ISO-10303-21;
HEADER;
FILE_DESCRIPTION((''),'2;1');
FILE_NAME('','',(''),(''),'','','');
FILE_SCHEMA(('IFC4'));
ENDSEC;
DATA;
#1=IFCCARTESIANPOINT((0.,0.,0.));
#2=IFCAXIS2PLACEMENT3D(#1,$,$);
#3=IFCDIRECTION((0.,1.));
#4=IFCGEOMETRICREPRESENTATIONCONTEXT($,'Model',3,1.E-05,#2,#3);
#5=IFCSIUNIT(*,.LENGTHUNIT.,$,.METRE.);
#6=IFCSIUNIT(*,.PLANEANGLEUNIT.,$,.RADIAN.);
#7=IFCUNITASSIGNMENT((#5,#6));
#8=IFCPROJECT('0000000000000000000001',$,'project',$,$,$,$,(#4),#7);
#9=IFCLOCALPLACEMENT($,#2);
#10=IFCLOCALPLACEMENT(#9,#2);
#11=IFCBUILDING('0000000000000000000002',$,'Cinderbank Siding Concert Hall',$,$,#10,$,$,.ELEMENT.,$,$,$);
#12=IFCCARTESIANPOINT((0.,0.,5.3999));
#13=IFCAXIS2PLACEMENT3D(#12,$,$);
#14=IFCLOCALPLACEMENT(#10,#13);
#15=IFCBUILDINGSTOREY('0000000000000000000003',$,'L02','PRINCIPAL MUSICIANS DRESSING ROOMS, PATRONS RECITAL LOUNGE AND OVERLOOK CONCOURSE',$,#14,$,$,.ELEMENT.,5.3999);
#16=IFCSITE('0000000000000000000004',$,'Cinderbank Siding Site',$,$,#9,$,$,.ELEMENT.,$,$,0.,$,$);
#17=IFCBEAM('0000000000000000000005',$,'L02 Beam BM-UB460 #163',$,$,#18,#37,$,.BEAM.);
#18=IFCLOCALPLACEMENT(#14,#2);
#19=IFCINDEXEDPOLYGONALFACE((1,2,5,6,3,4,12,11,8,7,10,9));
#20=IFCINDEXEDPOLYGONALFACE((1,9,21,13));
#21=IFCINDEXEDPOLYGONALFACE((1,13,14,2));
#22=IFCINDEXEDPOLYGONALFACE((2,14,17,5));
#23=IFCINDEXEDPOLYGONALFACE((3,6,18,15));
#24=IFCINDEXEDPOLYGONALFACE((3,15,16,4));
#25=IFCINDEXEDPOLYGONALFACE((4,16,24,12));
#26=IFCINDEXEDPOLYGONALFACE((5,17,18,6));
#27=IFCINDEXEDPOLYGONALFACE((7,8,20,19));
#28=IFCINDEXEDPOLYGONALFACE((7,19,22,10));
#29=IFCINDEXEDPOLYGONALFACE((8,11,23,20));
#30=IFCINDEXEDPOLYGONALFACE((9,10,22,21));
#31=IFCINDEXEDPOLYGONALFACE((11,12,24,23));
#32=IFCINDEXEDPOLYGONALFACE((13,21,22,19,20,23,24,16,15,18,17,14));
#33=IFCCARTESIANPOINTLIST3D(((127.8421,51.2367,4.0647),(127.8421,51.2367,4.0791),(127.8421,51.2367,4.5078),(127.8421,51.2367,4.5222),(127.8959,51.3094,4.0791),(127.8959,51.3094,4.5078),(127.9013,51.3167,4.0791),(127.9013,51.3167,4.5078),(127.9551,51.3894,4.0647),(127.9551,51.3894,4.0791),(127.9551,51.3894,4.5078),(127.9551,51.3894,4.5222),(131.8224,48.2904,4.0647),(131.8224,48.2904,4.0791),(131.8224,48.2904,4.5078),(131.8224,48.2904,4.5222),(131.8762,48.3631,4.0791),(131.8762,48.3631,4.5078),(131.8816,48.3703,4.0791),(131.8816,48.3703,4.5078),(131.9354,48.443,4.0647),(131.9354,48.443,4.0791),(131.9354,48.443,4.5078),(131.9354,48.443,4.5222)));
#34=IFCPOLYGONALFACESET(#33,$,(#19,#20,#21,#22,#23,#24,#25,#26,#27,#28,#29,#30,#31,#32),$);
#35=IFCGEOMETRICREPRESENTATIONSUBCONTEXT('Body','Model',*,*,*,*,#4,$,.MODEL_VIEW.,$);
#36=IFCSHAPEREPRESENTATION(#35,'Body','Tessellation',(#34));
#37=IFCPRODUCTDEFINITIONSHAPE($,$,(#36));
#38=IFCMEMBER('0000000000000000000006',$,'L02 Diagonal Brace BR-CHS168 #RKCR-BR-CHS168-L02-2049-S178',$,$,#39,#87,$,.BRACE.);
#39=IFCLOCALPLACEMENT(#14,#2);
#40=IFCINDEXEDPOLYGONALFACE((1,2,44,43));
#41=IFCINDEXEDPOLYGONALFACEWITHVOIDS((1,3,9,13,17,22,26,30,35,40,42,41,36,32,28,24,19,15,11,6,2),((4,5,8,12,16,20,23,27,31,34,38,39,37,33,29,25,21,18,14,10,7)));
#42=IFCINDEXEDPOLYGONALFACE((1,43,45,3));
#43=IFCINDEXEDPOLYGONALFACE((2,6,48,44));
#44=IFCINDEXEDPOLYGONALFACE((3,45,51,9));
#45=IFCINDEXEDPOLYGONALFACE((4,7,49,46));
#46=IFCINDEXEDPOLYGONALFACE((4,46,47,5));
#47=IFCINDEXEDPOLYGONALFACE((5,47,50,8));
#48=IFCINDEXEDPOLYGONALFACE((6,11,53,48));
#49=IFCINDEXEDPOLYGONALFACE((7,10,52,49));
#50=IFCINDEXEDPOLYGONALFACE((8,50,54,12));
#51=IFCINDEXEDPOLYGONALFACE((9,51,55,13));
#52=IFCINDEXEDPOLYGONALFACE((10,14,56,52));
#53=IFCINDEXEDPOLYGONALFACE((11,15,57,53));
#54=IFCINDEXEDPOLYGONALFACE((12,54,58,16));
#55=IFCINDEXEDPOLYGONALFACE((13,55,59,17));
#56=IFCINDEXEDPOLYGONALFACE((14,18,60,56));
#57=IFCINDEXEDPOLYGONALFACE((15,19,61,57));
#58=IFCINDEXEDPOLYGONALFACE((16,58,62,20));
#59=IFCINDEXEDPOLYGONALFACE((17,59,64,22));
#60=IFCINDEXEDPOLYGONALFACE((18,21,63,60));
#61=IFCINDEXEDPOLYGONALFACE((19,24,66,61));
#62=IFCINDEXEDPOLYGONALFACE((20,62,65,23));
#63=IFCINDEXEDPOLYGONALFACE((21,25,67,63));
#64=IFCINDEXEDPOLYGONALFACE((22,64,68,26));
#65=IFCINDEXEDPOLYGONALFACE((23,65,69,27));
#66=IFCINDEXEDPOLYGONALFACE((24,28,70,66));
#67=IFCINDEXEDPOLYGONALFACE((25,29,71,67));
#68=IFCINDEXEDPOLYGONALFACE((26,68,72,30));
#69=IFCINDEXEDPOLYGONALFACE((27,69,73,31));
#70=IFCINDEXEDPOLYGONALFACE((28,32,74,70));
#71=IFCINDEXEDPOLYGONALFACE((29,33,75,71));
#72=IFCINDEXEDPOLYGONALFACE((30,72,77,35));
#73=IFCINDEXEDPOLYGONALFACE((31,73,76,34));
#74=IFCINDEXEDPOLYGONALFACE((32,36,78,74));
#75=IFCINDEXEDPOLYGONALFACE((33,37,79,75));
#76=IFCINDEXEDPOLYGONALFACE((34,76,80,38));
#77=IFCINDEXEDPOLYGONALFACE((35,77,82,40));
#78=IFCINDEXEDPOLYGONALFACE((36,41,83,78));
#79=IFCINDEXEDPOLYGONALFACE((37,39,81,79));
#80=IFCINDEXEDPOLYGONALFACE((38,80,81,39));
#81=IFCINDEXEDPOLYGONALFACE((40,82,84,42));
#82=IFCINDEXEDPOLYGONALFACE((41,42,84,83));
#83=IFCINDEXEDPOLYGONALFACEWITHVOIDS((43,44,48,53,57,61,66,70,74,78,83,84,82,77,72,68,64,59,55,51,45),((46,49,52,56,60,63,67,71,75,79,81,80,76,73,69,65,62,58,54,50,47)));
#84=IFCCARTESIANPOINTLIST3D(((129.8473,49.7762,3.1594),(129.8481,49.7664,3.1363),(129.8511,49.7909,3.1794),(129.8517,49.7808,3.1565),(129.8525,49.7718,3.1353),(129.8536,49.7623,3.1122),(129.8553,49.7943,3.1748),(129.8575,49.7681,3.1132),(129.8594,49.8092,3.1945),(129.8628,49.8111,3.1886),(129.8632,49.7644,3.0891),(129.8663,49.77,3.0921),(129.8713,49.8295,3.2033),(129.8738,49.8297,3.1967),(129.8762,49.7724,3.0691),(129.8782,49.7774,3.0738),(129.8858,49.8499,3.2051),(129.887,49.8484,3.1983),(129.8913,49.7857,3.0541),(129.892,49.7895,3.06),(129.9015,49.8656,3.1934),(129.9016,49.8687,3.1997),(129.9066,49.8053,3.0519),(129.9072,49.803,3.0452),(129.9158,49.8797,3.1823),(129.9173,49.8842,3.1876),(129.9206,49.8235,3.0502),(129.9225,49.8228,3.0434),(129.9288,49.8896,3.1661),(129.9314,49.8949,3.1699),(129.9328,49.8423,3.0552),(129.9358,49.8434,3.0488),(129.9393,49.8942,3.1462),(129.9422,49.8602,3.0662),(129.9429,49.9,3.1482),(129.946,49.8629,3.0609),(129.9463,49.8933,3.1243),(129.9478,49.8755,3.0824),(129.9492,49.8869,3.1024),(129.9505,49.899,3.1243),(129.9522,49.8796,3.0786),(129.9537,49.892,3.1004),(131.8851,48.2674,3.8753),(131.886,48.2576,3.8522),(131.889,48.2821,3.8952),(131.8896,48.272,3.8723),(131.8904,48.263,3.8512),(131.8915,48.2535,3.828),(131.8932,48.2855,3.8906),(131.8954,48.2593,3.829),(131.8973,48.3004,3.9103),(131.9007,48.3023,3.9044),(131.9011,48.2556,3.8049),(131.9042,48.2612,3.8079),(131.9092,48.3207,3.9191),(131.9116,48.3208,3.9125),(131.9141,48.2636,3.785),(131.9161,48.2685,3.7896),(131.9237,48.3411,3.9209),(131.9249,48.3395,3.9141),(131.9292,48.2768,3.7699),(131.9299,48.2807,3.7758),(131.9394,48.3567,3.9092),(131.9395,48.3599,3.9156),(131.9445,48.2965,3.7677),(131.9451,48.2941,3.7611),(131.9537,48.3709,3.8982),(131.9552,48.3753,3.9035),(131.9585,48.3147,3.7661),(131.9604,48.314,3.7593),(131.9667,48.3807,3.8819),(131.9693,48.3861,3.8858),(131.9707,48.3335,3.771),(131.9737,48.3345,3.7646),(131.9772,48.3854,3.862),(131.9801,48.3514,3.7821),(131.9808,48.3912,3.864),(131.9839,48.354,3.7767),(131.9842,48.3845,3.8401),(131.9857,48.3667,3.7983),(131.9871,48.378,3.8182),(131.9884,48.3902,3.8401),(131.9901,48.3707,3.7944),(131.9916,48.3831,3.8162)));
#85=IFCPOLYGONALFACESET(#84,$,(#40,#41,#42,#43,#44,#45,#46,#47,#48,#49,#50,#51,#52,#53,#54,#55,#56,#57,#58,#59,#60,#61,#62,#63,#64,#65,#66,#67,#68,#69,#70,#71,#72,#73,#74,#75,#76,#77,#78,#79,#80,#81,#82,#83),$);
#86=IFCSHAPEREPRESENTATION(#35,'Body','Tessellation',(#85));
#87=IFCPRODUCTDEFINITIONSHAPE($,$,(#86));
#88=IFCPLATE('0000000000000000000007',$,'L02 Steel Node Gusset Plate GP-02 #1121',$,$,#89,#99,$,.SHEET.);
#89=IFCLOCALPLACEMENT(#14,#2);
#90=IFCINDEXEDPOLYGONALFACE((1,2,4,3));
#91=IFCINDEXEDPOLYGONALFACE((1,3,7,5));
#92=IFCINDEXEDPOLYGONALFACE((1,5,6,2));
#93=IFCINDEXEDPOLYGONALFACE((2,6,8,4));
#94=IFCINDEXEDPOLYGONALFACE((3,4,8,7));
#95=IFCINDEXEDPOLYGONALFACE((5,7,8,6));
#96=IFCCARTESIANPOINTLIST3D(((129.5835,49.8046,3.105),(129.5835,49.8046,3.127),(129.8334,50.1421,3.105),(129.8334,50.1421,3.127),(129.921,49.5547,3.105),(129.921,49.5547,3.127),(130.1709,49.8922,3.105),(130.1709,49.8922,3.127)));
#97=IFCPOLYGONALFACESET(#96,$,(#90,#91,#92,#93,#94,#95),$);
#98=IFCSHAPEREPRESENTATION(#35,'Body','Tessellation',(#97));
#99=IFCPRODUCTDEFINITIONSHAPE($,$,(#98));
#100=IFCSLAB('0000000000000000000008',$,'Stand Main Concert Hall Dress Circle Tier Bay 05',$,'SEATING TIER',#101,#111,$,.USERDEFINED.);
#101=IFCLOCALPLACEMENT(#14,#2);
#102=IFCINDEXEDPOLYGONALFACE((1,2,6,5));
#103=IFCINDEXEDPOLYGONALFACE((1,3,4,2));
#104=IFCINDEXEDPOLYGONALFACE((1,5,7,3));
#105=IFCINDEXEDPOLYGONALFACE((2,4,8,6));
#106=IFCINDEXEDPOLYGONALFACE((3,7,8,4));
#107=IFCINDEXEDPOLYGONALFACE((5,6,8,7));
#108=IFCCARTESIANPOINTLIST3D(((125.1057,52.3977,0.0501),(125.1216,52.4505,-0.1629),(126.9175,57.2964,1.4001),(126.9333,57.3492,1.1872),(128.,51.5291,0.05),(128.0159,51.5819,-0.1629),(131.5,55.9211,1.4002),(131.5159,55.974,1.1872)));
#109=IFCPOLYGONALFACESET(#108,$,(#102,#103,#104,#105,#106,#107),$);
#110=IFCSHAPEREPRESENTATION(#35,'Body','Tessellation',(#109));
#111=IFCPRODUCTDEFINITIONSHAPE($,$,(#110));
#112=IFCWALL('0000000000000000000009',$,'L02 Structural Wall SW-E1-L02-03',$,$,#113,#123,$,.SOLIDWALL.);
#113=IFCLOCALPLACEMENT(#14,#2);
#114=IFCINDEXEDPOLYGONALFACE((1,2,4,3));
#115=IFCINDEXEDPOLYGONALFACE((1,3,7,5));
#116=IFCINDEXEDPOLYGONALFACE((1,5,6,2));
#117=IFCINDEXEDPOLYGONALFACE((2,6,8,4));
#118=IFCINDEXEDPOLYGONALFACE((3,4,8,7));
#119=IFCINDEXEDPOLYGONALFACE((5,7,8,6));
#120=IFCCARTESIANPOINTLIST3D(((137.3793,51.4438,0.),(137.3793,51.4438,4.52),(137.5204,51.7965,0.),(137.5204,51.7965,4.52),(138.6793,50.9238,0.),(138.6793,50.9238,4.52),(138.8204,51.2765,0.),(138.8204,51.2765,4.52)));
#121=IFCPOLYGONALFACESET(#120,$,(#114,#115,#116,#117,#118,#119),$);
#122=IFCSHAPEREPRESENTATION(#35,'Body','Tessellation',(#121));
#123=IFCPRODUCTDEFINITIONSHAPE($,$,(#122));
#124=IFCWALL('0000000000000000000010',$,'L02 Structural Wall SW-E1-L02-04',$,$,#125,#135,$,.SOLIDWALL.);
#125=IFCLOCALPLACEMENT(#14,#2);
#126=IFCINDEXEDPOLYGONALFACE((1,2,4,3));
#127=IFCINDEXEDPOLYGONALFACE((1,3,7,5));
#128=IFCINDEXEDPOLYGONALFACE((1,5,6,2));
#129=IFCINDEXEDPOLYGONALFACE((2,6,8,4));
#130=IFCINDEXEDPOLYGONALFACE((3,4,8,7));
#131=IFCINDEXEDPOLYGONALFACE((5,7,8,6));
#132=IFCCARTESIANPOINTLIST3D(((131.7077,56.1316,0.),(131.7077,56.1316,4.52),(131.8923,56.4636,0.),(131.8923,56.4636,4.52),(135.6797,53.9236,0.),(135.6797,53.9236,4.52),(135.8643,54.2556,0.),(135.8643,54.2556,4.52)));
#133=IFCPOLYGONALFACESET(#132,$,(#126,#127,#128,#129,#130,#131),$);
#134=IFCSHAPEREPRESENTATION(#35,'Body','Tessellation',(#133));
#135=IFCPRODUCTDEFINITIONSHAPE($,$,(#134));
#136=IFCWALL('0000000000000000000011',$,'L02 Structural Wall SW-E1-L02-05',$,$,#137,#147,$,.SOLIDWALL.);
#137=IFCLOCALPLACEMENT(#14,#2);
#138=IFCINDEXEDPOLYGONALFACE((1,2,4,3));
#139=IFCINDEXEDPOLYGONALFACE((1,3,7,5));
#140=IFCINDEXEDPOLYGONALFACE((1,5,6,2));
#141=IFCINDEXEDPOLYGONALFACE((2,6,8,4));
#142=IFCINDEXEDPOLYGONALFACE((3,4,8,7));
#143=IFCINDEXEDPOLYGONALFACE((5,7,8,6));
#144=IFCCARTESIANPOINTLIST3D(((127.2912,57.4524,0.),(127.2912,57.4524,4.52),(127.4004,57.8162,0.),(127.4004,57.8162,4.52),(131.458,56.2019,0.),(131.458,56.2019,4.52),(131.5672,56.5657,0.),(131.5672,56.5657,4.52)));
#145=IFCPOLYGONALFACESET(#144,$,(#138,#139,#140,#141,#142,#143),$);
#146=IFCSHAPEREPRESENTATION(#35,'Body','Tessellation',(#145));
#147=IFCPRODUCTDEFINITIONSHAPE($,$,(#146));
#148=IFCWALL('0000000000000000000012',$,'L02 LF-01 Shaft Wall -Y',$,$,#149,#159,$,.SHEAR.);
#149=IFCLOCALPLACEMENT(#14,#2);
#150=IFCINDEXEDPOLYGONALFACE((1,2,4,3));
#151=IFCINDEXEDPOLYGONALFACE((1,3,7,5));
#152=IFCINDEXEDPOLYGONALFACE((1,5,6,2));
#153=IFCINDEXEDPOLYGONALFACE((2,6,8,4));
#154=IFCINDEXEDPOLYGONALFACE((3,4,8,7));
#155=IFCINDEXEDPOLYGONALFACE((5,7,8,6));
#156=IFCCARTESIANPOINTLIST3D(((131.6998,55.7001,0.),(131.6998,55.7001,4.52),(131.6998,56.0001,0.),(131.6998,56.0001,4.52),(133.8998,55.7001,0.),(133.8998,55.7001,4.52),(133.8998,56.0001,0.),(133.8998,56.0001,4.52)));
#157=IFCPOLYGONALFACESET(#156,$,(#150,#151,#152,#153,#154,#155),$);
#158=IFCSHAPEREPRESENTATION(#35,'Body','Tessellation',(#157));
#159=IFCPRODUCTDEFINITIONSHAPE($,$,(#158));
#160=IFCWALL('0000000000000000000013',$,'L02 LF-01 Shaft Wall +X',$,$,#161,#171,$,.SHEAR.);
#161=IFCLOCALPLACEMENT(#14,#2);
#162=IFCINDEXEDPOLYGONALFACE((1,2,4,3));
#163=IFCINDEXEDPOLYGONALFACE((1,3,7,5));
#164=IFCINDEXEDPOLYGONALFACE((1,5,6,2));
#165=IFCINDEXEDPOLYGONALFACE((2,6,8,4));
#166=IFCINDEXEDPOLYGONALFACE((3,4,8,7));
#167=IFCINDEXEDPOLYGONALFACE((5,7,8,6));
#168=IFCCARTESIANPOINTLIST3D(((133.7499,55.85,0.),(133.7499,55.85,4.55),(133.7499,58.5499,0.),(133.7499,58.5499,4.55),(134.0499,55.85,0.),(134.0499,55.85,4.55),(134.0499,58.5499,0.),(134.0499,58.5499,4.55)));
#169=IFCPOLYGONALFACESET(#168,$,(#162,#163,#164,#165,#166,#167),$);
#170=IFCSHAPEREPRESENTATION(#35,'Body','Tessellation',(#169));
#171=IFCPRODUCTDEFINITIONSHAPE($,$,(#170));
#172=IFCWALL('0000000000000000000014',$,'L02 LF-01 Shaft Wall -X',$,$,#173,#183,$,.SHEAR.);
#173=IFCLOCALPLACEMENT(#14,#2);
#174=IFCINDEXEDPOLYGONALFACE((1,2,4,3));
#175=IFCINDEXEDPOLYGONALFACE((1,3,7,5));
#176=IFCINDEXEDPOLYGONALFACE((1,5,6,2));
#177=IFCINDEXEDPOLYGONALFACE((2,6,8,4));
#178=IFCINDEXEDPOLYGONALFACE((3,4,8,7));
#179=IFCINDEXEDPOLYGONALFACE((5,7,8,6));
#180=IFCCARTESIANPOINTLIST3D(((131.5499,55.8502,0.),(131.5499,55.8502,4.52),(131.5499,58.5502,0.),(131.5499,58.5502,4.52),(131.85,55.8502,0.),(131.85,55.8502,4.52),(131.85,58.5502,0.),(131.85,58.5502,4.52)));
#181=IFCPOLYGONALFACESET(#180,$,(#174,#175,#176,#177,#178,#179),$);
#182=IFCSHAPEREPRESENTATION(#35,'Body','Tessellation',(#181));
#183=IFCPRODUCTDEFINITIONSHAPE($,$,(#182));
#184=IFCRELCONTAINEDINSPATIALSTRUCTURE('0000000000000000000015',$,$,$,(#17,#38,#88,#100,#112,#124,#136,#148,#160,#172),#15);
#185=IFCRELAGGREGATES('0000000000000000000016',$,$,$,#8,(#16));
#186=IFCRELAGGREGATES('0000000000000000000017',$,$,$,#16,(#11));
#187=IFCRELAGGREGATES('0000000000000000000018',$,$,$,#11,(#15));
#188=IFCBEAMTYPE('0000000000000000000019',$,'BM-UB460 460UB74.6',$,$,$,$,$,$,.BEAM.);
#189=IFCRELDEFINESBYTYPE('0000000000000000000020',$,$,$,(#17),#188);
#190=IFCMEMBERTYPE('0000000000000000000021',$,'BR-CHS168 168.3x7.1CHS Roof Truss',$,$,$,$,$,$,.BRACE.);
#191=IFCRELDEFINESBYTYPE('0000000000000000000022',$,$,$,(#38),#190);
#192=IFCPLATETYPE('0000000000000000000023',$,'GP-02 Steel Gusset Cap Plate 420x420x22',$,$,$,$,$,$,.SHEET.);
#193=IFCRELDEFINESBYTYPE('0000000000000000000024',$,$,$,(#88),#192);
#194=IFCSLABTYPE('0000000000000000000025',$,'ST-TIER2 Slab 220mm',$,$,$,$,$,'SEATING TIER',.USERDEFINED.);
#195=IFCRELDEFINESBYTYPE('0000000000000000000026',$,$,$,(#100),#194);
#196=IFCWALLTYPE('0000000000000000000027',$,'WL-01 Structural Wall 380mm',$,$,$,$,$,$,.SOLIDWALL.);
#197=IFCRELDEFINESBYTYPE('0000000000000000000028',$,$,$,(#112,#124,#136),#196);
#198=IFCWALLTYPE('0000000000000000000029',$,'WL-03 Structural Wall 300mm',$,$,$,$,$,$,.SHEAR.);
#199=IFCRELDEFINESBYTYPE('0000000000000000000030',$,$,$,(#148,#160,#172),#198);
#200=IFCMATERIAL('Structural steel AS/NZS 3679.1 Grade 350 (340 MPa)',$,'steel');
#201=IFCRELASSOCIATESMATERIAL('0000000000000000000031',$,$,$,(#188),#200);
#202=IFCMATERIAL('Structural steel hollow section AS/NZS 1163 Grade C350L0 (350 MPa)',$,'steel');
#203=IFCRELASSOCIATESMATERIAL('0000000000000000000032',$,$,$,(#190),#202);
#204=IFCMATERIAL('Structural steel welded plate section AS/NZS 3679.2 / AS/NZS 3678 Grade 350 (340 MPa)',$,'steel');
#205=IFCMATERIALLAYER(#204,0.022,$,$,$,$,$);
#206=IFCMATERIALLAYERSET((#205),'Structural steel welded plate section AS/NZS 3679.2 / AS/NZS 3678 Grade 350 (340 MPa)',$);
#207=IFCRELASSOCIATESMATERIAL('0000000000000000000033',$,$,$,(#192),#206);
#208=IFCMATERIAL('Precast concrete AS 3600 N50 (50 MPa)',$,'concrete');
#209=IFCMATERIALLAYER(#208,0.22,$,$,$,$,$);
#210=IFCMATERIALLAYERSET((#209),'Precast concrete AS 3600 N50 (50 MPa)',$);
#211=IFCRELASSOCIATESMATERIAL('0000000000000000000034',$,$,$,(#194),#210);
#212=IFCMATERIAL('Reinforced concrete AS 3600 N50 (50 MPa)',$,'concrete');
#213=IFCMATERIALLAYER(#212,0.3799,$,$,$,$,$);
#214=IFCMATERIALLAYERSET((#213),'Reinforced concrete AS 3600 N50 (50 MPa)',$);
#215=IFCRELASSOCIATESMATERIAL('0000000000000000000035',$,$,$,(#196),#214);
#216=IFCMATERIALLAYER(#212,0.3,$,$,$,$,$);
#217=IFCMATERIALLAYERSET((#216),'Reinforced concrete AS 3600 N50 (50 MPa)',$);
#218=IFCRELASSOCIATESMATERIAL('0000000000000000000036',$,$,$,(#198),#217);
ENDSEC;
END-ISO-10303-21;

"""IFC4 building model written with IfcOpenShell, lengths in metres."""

from ifc_helpers import new_model, si_unit, direction, frame, frame_2d, origin, origin_2d, place, context, subcontext, project, spatial, polyline, rectangle, hollow_circle, i_section, outline, extrude, material, layer, layer_set, material_profile, profile_set, type_object, element, save


model = new_model("IFC4")

# Units and contexts
model_context = context("Model", 3, precision=1e-05, world=origin(), true_north=direction((0.0, 1.0)))
body_context = subcontext(model_context, "Body", "Model", "MODEL_VIEW")
ifc_project = project(units=[si_unit("LENGTHUNIT", "METRE"), si_unit("PLANEANGLEUNIT", "RADIAN")], contexts=[model_context])

# Site, building, storey
site_placement = place(None, origin())
site = spatial("IfcSite", under=ifc_project, at=site_placement, Name="Cinderbank Siding Site", CompositionType="ELEMENT", RefElevation=0.0)
building_placement = place(site_placement, origin())
building = spatial("IfcBuilding", under=site, at=building_placement, Name="Cinderbank Siding Concert Hall", CompositionType="ELEMENT")
storey_placement = place(building_placement, frame((0.0, 0.0, 5.3999)))
storey = spatial("IfcBuildingStorey", under=building, at=storey_placement, Name="L02", Description="PRINCIPAL MUSICIANS DRESSING ROOMS, PATRONS RECITAL LOUNGE AND OVERLOOK CONCOURSE", CompositionType="ELEMENT", Elevation=5.3999)

# Beam
ifc_material_1 = material(Name="Structural steel AS/NZS 3679.1 Grade 350 (340 MPa)", Category="steel")
ifc_material_profile_1 = material_profile(ifc_material_1, i_section(OverallWidth=0.1899, OverallDepth=0.4575, WebThickness=0.009, FlangeThickness=0.0144, at=origin_2d()), Name="460UB74.6", Category="LoadBearing")
ifc_profile_set_1 = profile_set([ifc_material_profile_1], Name="Structural steel AS/NZS 3679.1 Grade 350 (340 MPa)")
beam_type = type_object("IfcBeamType", Name="BM-UB460 460UB74.6", PredefinedType="BEAM", material=ifc_profile_set_1)
beam_placement = place(storey_placement, frame((131.8789, 48.3667, 4.2935), z_axis=(-0.803753, 0.594963, 0.0), x_axis=(-0.594963, -0.803753, 0.0)))
element("IfcBeam", 1, at=beam_placement, inside=storey, type_object=beam_type, Name="L02 Beam BM-UB460 #163", PredefinedType="BEAM", context=body_context, shape_type="SweptSolid", body=[
    extrude(i_section(OverallWidth=0.1899, OverallDepth=0.4575, WebThickness=0.009, FlangeThickness=0.0144, at=origin_2d()), origin(), (0.0, 0.0, 1.0), 4.9521),
])

# Member
ifc_material_2 = material(Name="Structural steel hollow section AS/NZS 1163 Grade C350L0 (350 MPa)", Category="steel")
ifc_material_profile_2 = material_profile(ifc_material_2, hollow_circle(Radius=0.0842, WallThickness=0.0071, at=origin_2d()), Name="168.3x7.1CHS", Category="LoadBearing")
ifc_profile_set_2 = profile_set([ifc_material_profile_2], Name="Structural steel hollow section AS/NZS 1163 Grade C350L0 (350 MPa)")
member_type = type_object("IfcMemberType", Name="BR-CHS168 168.3x7.1CHS Roof Truss", PredefinedType="BRACE", material=ifc_profile_set_2)
member_placement = place(storey_placement, frame((129.9004, 49.8313, 3.1243), z_axis=(0.773463, -0.572661, 0.27169), x_axis=(0.595043, 0.803694, 0.0)))
element("IfcMember", 2, at=member_placement, inside=storey, type_object=member_type, Name="L02 Diagonal Brace BR-CHS168 #RKCR-BR-CHS168-L02-2049-S178", PredefinedType="BRACE", context=body_context, shape_type="SweptSolid", body=[
    extrude(hollow_circle(Radius=0.0842, WallThickness=0.0071, at=origin_2d()), origin(), (0.0, 0.0, 1.0), 2.6348),
])

# Plate
ifc_material_3 = material(Name="Structural steel welded plate section AS/NZS 3679.2 / AS/NZS 3678 Grade 350 (340 MPa)", Category="steel")
ifc_layer_1 = layer(ifc_material_3, 0.022)
ifc_layer_set_1 = layer_set([ifc_layer_1], Name="Structural steel welded plate section AS/NZS 3679.2 / AS/NZS 3678 Grade 350 (340 MPa)")
plate_type = type_object("IfcPlateType", Name="GP-02 Steel Gusset Cap Plate 420x420x22", PredefinedType="SHEET", material=ifc_layer_set_1)
plate_placement = place(storey_placement, frame((129.8772, 49.8484, 3.105), z_axis=(0.0, 0.0, 1.0), x_axis=(0.803753, -0.594963, 0.0)))
element("IfcPlate", 3, at=plate_placement, inside=storey, type_object=plate_type, Name="L02 Steel Node Gusset Plate GP-02 #1121", PredefinedType="SHEET", context=body_context, shape_type="SweptSolid", body=[
    extrude(rectangle(XDim=0.4199, YDim=0.4199, at=origin_2d()), origin(), (0.0, 0.0, 1.0), 0.022),
])

# Slab
ifc_material_4 = material(Name="Precast concrete AS 3600 N50 (50 MPa)", Category="concrete")
ifc_layer_2 = layer(ifc_material_4, 0.22)
ifc_layer_set_2 = layer_set([ifc_layer_2], Name="Precast concrete AS 3600 N50 (50 MPa)")
slab_type = type_object("IfcSlabType", Name="ST-TIER2 Slab 220mm", ElementType="SEATING TIER", PredefinedType="USERDEFINED", material=ifc_layer_set_2)
slab_placement = place(storey_placement, frame((128.0, 51.5291, 0.05), z_axis=(-0.072071, -0.240144, 0.968058), x_axis=(-0.957793, 0.287458, 0.000003)))
element("IfcSlab", 4, at=slab_placement, inside=storey, type_object=slab_type, Name="Stand Main Concert Hall Dress Circle Tier Bay 05", ObjectType="SEATING TIER", PredefinedType="USERDEFINED", context=body_context, shape_type="SweptSolid", body=[
    extrude(outline(polyline([(0.0, 0.0), (3.0218, 0.0), (2.6947, -5.3847), (-2.0897, -5.3848), (0.0, 0.0)])), origin(), (0.0, 0.0, -1.0), 0.22),
])

# Walls
ifc_material_5 = material(Name="Reinforced concrete AS 3600 N50 (50 MPa)", Category="concrete")
ifc_layer_3 = layer(ifc_material_5, 0.3799)
ifc_layer_set_3 = layer_set([ifc_layer_3], Name="Reinforced concrete AS 3600 N50 (50 MPa)")
wall_type_1 = type_object("IfcWallType", Name="WL-01 Structural Wall 380mm", PredefinedType="SOLIDWALL", material=ifc_layer_set_3)
wall_1_placement = place(storey_placement, frame((138.75, 51.1001, 0.0), z_axis=(0.0, 0.0, 1.0), x_axis=(-0.928477, 0.371391, 0.0)))
element("IfcWall", 5, at=wall_1_placement, inside=storey, type_object=wall_type_1, Name="L02 Structural Wall SW-E1-L02-03", PredefinedType="SOLIDWALL", context=body_context, shape_type="SweptSolid", body=[
    extrude(rectangle(XDim=1.4001, YDim=0.3799, at=frame_2d((0.7002, 0.0))), origin(), (0.0, 0.0, 1.0), 4.52),
])
wall_2_placement = place(storey_placement, frame((135.772, 54.0896, 0.0), z_axis=(0.0, 0.0, 1.0), x_axis=(-0.874028, 0.485876, 0.0)))
element("IfcWall", 6, at=wall_2_placement, inside=storey, type_object=wall_type_1, Name="L02 Structural Wall SW-E1-L02-04", PredefinedType="SOLIDWALL", context=body_context, shape_type="SweptSolid", body=[
    extrude(rectangle(XDim=4.5444, YDim=0.3799, at=frame_2d((2.2722, 0.0))), origin(), (0.0, 0.0, 1.0), 4.52),
])
wall_3_placement = place(storey_placement, frame((131.5127, 56.3838, 0.0), z_axis=(0.0, 0.0, 1.0), x_axis=(-0.957797, 0.287446, 0.0)))
element("IfcWall", 7, at=wall_3_placement, inside=storey, type_object=wall_type_1, Name="L02 Structural Wall SW-E1-L02-05", PredefinedType="SOLIDWALL", context=body_context, shape_type="SweptSolid", body=[
    extrude(rectangle(XDim=4.3503, YDim=0.3799, at=frame_2d((2.1753, 0.0))), origin(), (0.0, 0.0, 1.0), 4.52),
])
ifc_layer_4 = layer(ifc_material_5, 0.3)
ifc_layer_set_4 = layer_set([ifc_layer_4], Name="Reinforced concrete AS 3600 N50 (50 MPa)")
wall_type_2 = type_object("IfcWallType", Name="WL-03 Structural Wall 300mm", PredefinedType="SHEAR", material=ifc_layer_set_4)
wall_4_placement = place(storey_placement, frame((133.8999, 55.8501, 0.0), z_axis=(0.0, 0.0, 1.0), x_axis=(-1.0, 0.0, 0.0)))
element("IfcWall", 8, at=wall_4_placement, inside=storey, type_object=wall_type_2, Name="L02 LF-01 Shaft Wall -Y", PredefinedType="SHEAR", context=body_context, shape_type="SweptSolid", body=[
    extrude(rectangle(XDim=2.2, YDim=0.3, at=frame_2d((1.1001, 0.0))), origin(), (0.0, 0.0, 1.0), 4.52),
])
wall_5_placement = place(storey_placement, frame((133.8999, 58.55, 0.0), z_axis=(0.0, 0.0, 1.0), x_axis=(0.0, -1.0, 0.0)))
element("IfcWall", 9, at=wall_5_placement, inside=storey, type_object=wall_type_2, Name="L02 LF-01 Shaft Wall +X", PredefinedType="SHEAR", context=body_context, shape_type="SweptSolid", body=[
    extrude(rectangle(XDim=2.7, YDim=0.3, at=frame_2d((1.3501, 0.0))), origin(), (0.0, 0.0, 1.0), 4.55),
])

# Wall
wall_6_placement = place(storey_placement, frame((131.7, 55.8501, 0.0), z_axis=(0.0, 0.0, 1.0), x_axis=(0.0, 1.0, 0.0)))
element("IfcWall", 10, at=wall_6_placement, inside=storey, type_object=wall_type_2, Name="L02 LF-01 Shaft Wall -X", PredefinedType="SHEAR", context=body_context, shape_type="SweptSolid", body=[
    extrude(rectangle(XDim=2.7, YDim=0.3, at=frame_2d((1.3501, 0.0))), origin(), (0.0, 0.0, 1.0), 4.52),
])

save(model, "model.ifc")
